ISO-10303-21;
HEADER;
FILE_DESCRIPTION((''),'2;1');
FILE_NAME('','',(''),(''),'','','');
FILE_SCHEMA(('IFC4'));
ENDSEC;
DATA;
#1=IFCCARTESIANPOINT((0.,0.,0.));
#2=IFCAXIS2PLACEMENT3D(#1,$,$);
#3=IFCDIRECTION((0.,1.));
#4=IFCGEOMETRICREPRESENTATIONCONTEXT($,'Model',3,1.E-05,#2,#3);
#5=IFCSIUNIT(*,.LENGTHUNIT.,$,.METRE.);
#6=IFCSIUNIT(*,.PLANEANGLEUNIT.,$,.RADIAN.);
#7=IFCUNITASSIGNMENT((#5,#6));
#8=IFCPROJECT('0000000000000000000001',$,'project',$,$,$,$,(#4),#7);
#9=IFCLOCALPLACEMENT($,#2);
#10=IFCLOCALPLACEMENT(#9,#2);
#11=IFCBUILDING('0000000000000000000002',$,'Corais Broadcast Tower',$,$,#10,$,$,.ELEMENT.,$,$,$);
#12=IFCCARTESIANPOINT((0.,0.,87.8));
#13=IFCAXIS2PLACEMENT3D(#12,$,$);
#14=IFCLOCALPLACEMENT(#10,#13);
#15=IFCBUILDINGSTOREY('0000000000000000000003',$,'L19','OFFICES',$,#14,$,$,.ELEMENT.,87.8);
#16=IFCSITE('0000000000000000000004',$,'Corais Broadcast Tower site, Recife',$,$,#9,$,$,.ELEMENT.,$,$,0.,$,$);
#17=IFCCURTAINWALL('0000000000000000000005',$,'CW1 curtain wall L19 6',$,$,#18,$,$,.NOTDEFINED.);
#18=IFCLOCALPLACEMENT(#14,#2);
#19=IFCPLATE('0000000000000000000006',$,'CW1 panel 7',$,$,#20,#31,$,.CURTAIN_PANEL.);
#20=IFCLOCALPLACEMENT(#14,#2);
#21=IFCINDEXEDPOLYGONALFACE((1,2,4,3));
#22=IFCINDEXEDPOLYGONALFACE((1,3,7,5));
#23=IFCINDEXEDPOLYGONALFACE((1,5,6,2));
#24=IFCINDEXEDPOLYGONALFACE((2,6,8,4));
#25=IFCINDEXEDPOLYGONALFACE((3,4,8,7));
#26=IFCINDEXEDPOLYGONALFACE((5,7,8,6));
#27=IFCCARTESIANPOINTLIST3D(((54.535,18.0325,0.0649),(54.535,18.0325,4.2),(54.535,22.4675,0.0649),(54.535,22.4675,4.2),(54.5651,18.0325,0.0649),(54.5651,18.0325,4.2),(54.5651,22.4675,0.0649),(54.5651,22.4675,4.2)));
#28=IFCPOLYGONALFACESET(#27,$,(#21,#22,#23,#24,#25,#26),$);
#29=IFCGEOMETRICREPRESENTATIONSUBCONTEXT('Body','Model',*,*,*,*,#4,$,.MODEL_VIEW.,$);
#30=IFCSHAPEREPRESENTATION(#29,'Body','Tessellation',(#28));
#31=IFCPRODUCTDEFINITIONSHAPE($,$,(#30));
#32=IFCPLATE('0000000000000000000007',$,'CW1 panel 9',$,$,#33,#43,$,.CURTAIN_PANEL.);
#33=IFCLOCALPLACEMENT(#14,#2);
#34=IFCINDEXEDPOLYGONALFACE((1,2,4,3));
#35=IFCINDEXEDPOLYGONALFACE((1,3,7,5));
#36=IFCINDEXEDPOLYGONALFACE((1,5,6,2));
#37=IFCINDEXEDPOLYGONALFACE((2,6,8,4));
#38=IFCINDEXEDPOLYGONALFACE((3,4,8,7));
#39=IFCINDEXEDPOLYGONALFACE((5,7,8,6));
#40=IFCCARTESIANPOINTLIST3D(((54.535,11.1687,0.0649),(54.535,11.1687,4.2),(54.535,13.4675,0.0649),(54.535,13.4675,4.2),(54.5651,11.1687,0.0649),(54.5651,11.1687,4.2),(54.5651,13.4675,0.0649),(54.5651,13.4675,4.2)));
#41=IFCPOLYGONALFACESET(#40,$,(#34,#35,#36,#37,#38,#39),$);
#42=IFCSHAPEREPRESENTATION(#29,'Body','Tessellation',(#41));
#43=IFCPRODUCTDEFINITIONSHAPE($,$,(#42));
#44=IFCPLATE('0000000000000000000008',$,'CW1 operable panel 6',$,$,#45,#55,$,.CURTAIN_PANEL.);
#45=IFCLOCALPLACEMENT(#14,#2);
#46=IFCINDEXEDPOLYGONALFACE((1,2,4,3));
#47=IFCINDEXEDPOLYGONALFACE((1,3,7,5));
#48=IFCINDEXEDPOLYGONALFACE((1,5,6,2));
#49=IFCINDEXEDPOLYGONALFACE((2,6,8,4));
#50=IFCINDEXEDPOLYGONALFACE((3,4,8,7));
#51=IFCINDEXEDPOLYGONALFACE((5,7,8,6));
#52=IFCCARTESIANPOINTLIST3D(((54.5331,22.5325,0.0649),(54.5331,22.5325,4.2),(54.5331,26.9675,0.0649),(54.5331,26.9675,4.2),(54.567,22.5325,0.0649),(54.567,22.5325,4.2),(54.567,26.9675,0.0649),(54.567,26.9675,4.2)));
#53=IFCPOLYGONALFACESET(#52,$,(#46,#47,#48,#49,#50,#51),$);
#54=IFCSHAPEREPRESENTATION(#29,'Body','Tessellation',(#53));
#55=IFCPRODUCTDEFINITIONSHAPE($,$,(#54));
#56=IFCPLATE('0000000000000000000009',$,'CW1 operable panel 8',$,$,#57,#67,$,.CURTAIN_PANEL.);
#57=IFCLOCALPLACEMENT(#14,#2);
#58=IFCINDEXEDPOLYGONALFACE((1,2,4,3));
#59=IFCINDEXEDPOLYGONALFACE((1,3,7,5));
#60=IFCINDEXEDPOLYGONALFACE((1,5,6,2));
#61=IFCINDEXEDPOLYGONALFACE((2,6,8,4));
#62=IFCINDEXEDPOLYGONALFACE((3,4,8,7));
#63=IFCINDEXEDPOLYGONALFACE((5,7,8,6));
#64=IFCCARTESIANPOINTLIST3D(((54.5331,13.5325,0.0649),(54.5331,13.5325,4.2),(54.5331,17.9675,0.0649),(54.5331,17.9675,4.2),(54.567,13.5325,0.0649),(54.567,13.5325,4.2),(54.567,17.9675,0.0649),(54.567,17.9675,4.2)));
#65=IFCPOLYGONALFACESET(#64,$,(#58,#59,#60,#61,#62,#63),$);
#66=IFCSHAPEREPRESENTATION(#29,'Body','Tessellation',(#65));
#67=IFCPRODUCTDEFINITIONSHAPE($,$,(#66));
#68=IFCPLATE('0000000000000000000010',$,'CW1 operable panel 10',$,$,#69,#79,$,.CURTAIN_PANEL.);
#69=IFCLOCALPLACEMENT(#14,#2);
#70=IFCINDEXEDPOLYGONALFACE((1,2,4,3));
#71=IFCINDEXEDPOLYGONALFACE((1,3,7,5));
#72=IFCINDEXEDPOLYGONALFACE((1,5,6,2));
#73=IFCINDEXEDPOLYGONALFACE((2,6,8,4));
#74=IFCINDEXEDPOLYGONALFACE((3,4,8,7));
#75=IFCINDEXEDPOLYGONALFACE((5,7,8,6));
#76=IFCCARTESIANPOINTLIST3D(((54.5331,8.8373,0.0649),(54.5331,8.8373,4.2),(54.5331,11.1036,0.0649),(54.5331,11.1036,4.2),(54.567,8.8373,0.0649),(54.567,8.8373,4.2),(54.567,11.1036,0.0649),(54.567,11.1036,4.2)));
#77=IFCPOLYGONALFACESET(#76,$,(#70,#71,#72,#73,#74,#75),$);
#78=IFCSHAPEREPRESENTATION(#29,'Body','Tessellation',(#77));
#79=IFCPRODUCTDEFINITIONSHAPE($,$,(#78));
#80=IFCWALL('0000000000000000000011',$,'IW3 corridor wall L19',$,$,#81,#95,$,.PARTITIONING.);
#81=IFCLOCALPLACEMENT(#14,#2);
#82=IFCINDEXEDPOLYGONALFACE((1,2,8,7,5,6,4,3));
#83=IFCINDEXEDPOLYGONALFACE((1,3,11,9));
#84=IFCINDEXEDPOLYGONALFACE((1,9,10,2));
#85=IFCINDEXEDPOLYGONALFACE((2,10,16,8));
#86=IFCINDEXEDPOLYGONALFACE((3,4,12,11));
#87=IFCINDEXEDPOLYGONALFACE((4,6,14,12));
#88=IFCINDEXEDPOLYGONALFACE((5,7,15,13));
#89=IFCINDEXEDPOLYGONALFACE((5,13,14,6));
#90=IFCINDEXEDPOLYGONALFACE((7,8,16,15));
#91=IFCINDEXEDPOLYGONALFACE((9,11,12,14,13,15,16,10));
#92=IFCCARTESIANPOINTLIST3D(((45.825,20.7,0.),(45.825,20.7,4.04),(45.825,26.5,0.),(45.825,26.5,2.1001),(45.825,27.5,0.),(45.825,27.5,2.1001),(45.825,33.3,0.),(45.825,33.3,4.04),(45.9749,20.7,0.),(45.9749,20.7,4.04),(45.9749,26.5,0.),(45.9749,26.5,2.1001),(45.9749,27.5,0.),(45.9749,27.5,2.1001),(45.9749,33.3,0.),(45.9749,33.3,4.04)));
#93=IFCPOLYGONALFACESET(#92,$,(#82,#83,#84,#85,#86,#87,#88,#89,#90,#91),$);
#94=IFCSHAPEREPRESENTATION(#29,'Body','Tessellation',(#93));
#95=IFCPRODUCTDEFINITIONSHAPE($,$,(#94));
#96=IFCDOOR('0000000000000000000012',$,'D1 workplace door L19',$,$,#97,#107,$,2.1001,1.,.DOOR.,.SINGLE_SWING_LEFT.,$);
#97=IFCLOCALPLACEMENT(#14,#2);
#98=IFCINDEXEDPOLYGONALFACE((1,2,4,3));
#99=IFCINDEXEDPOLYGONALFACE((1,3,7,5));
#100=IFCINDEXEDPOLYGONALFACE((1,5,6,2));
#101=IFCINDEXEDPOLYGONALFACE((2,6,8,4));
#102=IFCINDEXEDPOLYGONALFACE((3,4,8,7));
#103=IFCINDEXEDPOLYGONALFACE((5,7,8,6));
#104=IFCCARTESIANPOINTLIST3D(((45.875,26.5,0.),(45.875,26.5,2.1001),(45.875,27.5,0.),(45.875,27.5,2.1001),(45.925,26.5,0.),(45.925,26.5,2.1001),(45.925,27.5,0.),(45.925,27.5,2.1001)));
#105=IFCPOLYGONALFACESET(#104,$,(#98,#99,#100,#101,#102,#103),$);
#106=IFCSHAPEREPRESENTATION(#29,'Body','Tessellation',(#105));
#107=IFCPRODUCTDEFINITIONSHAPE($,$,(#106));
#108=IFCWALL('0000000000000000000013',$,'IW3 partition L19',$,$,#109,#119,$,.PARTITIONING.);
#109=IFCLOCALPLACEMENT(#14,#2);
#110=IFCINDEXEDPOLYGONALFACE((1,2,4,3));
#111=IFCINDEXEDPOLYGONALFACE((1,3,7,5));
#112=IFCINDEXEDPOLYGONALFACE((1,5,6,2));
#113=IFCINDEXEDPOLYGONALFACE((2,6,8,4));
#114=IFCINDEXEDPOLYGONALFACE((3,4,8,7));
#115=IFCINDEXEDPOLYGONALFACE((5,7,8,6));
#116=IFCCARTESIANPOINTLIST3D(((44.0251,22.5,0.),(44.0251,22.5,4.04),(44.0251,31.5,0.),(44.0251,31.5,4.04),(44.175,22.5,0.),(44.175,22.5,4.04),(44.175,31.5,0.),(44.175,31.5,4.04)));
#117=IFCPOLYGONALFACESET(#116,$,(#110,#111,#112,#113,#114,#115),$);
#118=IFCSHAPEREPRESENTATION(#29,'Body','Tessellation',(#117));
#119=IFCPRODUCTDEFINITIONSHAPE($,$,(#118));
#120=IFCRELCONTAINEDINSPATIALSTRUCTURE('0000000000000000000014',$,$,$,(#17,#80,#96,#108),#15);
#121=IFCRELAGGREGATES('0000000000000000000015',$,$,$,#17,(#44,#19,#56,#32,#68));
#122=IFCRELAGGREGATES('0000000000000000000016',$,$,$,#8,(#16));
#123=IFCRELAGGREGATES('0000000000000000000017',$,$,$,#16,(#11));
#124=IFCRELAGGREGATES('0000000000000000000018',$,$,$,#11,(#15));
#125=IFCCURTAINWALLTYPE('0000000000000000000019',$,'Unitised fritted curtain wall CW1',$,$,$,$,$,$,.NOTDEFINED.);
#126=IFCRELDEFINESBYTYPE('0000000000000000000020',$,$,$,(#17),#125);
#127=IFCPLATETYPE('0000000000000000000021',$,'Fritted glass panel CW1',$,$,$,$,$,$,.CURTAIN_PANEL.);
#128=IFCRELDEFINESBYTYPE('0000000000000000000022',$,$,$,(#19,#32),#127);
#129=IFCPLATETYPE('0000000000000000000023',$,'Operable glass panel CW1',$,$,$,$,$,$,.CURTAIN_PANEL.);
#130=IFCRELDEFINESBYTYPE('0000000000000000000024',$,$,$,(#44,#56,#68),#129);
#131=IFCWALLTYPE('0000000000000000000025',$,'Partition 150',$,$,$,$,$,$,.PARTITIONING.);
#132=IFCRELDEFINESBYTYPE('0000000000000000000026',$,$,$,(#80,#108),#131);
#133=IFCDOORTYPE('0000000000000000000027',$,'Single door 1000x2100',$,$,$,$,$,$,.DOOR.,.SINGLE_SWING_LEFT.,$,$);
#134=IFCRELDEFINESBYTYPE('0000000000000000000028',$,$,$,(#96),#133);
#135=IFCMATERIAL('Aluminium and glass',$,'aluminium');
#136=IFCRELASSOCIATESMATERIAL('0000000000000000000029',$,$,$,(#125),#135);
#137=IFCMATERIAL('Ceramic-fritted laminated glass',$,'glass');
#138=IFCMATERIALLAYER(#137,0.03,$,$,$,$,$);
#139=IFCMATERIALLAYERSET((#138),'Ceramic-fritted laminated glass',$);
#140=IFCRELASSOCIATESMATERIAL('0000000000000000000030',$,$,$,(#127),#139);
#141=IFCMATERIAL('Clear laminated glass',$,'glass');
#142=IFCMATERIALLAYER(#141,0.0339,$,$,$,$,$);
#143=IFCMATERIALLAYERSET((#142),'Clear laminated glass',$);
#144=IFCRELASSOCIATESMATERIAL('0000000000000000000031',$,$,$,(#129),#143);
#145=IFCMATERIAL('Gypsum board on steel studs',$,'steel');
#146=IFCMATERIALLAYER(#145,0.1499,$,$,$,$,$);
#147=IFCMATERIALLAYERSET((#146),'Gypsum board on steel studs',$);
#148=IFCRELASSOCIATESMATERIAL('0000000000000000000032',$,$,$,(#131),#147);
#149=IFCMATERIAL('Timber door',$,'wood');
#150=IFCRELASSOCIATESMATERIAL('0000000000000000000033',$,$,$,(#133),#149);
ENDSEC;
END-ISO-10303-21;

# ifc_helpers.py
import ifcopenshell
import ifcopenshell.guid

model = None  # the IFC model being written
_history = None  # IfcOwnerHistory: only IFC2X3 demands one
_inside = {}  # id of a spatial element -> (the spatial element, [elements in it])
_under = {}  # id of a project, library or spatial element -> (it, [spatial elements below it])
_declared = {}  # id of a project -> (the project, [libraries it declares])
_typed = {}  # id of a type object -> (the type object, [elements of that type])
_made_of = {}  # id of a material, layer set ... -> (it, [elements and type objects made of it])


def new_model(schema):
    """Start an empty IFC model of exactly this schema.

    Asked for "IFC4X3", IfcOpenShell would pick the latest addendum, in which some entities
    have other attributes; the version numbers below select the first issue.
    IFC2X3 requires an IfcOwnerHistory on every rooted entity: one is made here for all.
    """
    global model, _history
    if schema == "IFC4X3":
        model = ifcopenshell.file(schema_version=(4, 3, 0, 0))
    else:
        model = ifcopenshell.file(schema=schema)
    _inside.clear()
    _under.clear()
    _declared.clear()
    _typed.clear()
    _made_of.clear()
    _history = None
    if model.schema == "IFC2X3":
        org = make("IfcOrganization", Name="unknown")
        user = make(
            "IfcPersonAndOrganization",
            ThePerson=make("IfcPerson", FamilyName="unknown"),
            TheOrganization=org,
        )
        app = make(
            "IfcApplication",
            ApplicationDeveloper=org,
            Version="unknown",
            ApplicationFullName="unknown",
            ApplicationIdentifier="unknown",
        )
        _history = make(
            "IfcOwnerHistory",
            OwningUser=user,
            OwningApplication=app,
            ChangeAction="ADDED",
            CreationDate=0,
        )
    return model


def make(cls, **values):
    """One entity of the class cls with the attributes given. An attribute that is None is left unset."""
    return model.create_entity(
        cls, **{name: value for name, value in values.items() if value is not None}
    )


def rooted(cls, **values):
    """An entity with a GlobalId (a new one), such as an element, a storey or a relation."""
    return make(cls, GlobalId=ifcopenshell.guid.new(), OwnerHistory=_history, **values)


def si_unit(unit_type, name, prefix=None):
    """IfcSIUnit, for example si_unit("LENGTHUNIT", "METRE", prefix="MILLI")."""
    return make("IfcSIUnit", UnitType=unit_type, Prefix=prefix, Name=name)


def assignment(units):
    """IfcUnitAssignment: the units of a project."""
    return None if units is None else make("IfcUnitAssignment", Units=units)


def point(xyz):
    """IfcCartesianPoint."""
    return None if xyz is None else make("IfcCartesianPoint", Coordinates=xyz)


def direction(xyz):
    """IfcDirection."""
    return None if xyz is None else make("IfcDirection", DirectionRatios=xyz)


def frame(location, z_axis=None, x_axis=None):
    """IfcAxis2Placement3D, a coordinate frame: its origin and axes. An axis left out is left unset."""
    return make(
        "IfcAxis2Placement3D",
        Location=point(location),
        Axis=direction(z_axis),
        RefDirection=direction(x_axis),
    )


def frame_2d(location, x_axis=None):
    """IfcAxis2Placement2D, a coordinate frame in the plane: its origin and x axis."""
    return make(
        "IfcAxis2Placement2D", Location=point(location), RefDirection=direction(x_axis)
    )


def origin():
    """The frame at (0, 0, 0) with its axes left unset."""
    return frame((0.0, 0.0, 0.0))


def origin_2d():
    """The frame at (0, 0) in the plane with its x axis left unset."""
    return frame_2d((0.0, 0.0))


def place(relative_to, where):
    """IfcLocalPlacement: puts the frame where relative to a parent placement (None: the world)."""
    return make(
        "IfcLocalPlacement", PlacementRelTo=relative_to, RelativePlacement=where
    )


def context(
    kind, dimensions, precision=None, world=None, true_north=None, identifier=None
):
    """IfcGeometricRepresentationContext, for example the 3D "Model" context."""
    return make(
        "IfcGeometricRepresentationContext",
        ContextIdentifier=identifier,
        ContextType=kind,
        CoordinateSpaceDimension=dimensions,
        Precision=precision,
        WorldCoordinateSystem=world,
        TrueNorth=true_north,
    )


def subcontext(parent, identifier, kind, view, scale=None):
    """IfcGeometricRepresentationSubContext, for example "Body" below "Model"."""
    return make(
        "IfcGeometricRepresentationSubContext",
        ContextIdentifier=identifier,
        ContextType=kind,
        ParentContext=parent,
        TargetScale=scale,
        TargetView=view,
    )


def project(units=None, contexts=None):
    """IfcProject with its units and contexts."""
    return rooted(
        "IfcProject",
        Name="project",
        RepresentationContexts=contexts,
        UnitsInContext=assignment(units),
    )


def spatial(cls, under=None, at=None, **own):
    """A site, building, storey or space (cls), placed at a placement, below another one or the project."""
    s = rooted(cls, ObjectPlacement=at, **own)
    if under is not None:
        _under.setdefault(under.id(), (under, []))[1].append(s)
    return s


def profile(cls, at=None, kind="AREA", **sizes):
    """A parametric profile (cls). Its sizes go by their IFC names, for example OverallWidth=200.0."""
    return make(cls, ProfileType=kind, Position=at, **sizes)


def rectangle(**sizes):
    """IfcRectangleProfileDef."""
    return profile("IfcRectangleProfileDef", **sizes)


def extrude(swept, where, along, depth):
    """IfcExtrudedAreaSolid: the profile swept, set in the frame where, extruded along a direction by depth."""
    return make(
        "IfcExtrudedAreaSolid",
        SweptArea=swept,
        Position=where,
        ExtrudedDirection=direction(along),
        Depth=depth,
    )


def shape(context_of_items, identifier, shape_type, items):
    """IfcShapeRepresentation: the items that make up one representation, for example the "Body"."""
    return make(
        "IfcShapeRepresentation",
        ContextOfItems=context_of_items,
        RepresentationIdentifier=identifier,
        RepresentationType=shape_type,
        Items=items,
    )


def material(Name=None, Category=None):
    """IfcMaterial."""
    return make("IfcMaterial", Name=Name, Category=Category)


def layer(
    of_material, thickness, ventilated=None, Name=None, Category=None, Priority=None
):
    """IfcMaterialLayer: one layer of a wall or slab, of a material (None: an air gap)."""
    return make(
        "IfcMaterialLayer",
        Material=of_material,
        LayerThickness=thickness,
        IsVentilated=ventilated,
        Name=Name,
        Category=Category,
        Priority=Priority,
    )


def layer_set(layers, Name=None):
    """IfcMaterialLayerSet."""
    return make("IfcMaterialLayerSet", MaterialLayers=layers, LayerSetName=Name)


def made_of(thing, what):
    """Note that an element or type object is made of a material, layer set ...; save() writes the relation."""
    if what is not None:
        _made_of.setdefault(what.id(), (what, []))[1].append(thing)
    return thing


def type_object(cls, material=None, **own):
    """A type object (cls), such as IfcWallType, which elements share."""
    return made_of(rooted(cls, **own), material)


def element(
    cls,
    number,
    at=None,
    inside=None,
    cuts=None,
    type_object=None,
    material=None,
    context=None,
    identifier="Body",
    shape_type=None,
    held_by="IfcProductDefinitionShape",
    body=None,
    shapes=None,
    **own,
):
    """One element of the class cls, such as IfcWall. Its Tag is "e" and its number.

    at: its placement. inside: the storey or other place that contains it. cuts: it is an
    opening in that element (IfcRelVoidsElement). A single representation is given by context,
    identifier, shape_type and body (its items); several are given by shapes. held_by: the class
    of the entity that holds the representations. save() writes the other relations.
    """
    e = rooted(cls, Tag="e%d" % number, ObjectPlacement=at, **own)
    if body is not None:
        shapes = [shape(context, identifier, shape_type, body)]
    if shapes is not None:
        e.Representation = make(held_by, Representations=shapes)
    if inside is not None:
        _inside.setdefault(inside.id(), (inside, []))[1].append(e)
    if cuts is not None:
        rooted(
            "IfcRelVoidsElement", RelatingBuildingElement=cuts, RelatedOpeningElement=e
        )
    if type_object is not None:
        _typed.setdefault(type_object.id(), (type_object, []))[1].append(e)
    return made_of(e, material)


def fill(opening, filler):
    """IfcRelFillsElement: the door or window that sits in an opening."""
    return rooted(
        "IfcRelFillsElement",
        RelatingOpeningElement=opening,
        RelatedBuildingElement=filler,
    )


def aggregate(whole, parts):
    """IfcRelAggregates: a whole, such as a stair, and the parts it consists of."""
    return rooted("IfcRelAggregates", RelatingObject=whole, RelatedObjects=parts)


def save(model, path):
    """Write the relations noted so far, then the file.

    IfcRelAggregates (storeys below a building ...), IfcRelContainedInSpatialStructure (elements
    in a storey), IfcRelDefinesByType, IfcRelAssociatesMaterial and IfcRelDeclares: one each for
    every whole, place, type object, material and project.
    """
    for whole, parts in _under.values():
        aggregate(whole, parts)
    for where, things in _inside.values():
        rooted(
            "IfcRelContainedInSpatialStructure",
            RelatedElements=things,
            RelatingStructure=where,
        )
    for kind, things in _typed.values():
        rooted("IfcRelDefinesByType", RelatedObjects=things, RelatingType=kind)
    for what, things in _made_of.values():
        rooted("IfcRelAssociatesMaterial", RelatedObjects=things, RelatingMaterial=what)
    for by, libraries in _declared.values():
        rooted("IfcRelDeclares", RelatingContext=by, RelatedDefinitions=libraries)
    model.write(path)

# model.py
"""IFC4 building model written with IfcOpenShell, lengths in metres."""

from ifc_helpers import new_model, si_unit, direction, frame, frame_2d, origin, origin_2d, place, context, subcontext, project, spatial, rectangle, extrude, material, layer, layer_set, type_object, element, fill, aggregate, save


model = new_model("IFC4")

# Units and contexts
model_context = context("Model", 3, precision=1e-05, world=origin(), true_north=direction((0.0, 1.0)))
body_context = subcontext(model_context, "Body", "Model", "MODEL_VIEW")
ifc_project = project(units=[si_unit("LENGTHUNIT", "METRE"), si_unit("PLANEANGLEUNIT", "RADIAN")], contexts=[model_context])

# Site, building, storey
site_placement = place(None, origin())
site = spatial("IfcSite", under=ifc_project, at=site_placement, Name="Corais Broadcast Tower site, Recife", CompositionType="ELEMENT", RefElevation=0.0)
building_placement = place(site_placement, origin())
building = spatial("IfcBuilding", under=site, at=building_placement, Name="Corais Broadcast Tower", CompositionType="ELEMENT")
storey_placement = place(building_placement, frame((0.0, 0.0, 87.8)))
storey = spatial("IfcBuildingStorey", under=building, at=storey_placement, Name="L19", Description="OFFICES", CompositionType="ELEMENT", Elevation=87.8)

# Curtain wall
ifc_material_1 = material(Name="Aluminium and glass", Category="aluminium")
curtain_wall_type = type_object("IfcCurtainWallType", Name="Unitised fritted curtain wall CW1", PredefinedType="NOTDEFINED", material=ifc_material_1)
curtain_wall_placement = place(storey_placement, origin())
curtain_wall = element("IfcCurtainWall", 1, at=curtain_wall_placement, inside=storey, type_object=curtain_wall_type, Name="CW1 curtain wall L19 6", PredefinedType="NOTDEFINED")

# Plates
ifc_material_2 = material(Name="Ceramic-fritted laminated glass", Category="glass")
ifc_layer_1 = layer(ifc_material_2, 0.03)
ifc_layer_set_1 = layer_set([ifc_layer_1], Name="Ceramic-fritted laminated glass")
plate_type_1 = type_object("IfcPlateType", Name="Fritted glass panel CW1", PredefinedType="CURTAIN_PANEL", material=ifc_layer_set_1)
plate_1_placement = place(storey_placement, frame((54.55, 20.25, 0.0649), z_axis=(0.0, 0.0, 1.0), x_axis=(0.0, -1.0, 0.0)))
plate_1 = element("IfcPlate", 2, at=plate_1_placement, type_object=plate_type_1, Name="CW1 panel 7", PredefinedType="CURTAIN_PANEL", context=body_context, shape_type="SweptSolid", body=[
    extrude(rectangle(XDim=4.4351, YDim=0.03, at=origin_2d()), origin(), (0.0, 0.0, 1.0), 4.135),
])
plate_2_placement = place(storey_placement, frame((54.55, 12.3181, 0.0649), z_axis=(0.0, 0.0, 1.0), x_axis=(0.0, -1.0, 0.0)))
plate_2 = element("IfcPlate", 3, at=plate_2_placement, type_object=plate_type_1, Name="CW1 panel 9", PredefinedType="CURTAIN_PANEL", context=body_context, shape_type="SweptSolid", body=[
    extrude(rectangle(XDim=2.2988, YDim=0.03, at=origin_2d()), origin(), (0.0, 0.0, 1.0), 4.135),
])
ifc_material_3 = material(Name="Clear laminated glass", Category="glass")
ifc_layer_2 = layer(ifc_material_3, 0.0339)
ifc_layer_set_2 = layer_set([ifc_layer_2], Name="Clear laminated glass")
plate_type_2 = type_object("IfcPlateType", Name="Operable glass panel CW1", PredefinedType="CURTAIN_PANEL", material=ifc_layer_set_2)
plate_3_placement = place(storey_placement, frame((54.55, 24.75, 0.0649), z_axis=(0.0, 0.0, 1.0), x_axis=(0.0, -1.0, 0.0)))
plate_3 = element("IfcPlate", 4, at=plate_3_placement, type_object=plate_type_2, Name="CW1 operable panel 6", PredefinedType="CURTAIN_PANEL", context=body_context, shape_type="SweptSolid", body=[
    extrude(rectangle(XDim=4.4351, YDim=0.0339, at=origin_2d()), origin(), (0.0, 0.0, 1.0), 4.135),
])
plate_4_placement = place(storey_placement, frame((54.55, 15.75, 0.0649), z_axis=(0.0, 0.0, 1.0), x_axis=(0.0, -1.0, 0.0)))
plate_4 = element("IfcPlate", 5, at=plate_4_placement, type_object=plate_type_2, Name="CW1 operable panel 8", PredefinedType="CURTAIN_PANEL", context=body_context, shape_type="SweptSolid", body=[
    extrude(rectangle(XDim=4.4351, YDim=0.0339, at=origin_2d()), origin(), (0.0, 0.0, 1.0), 4.135),
])
plate_5_placement = place(storey_placement, frame((54.55, 9.9705, 0.0649), z_axis=(0.0, 0.0, 1.0), x_axis=(0.0, -1.0, 0.0)))
plate_5 = element("IfcPlate", 6, at=plate_5_placement, type_object=plate_type_2, Name="CW1 operable panel 10", PredefinedType="CURTAIN_PANEL", context=body_context, shape_type="SweptSolid", body=[
    extrude(rectangle(XDim=2.2664, YDim=0.0339, at=origin_2d()), origin(), (0.0, 0.0, 1.0), 4.135),
])
aggregate(curtain_wall, [plate_3, plate_1, plate_4, plate_2, plate_5])

# Wall, opening, door
ifc_material_4 = material(Name="Gypsum board on steel studs", Category="steel")
ifc_layer_3 = layer(ifc_material_4, 0.1499)
ifc_layer_set_3 = layer_set([ifc_layer_3], Name="Gypsum board on steel studs")
wall_type = type_object("IfcWallType", Name="Partition 150", PredefinedType="PARTITIONING", material=ifc_layer_set_3)
wall_1_placement = place(storey_placement, frame((45.8999, 20.7, 0.0), z_axis=(0.0, 0.0, 1.0), x_axis=(0.0, 1.0, 0.0)))
wall_1 = element("IfcWall", 7, at=wall_1_placement, inside=storey, type_object=wall_type, Name="IW3 corridor wall L19", PredefinedType="PARTITIONING", context=body_context, shape_type="SweptSolid", body=[
    extrude(rectangle(XDim=12.6001, YDim=0.1499, at=frame_2d((6.3, 0.0))), origin(), (0.0, 0.0, 1.0), 4.04),
])
opening_placement = place(wall_1_placement, frame((5.8, 0.0, 0.0)))
opening = element("IfcOpeningElement", 8, at=opening_placement, cuts=wall_1, PredefinedType="OPENING", context=body_context, shape_type="SweptSolid", body=[
    extrude(rectangle(XDim=1.0, YDim=2.1001, at=frame_2d((0.5, 1.05))), frame((0.0, 0.085, 0.0), z_axis=(0.0, -1.0, 0.0), x_axis=(1.0, 0.0, 0.0)), (0.0, 0.0, 1.0), 0.1699),
])
ifc_material_5 = material(Name="Timber door", Category="wood")
door_type = type_object("IfcDoorType", Name="Single door 1000x2100", OperationType="SINGLE_SWING_LEFT", PredefinedType="DOOR", material=ifc_material_5)
door_placement = place(opening_placement, origin())
door = element("IfcDoor", 9, at=door_placement, inside=storey, type_object=door_type, Name="D1 workplace door L19", OperationType="SINGLE_SWING_LEFT", OverallHeight=2.1001, OverallWidth=1.0, PredefinedType="DOOR", context=body_context, shape_type="SweptSolid", body=[
    extrude(rectangle(XDim=1.0, YDim=2.1001, at=frame_2d((0.5, 1.05))), frame((0.0, 0.0249, 0.0), z_axis=(0.0, -1.0, 0.0), x_axis=(1.0, 0.0, 0.0)), (0.0, 0.0, 1.0), 0.05),
])
fill(opening, door)

# Wall
wall_2_placement = place(storey_placement, frame((44.1001, 22.5, 0.0), z_axis=(0.0, 0.0, 1.0), x_axis=(0.0, 1.0, 0.0)))
element("IfcWall", 10, at=wall_2_placement, inside=storey, type_object=wall_type, Name="IW3 partition L19", PredefinedType="PARTITIONING", context=body_context, shape_type="SweptSolid", body=[
    extrude(rectangle(XDim=9.0, YDim=0.1499, at=frame_2d((4.5, 0.0))), origin(), (0.0, 0.0, 1.0), 4.04),
])

save(model, "model.ifc")
